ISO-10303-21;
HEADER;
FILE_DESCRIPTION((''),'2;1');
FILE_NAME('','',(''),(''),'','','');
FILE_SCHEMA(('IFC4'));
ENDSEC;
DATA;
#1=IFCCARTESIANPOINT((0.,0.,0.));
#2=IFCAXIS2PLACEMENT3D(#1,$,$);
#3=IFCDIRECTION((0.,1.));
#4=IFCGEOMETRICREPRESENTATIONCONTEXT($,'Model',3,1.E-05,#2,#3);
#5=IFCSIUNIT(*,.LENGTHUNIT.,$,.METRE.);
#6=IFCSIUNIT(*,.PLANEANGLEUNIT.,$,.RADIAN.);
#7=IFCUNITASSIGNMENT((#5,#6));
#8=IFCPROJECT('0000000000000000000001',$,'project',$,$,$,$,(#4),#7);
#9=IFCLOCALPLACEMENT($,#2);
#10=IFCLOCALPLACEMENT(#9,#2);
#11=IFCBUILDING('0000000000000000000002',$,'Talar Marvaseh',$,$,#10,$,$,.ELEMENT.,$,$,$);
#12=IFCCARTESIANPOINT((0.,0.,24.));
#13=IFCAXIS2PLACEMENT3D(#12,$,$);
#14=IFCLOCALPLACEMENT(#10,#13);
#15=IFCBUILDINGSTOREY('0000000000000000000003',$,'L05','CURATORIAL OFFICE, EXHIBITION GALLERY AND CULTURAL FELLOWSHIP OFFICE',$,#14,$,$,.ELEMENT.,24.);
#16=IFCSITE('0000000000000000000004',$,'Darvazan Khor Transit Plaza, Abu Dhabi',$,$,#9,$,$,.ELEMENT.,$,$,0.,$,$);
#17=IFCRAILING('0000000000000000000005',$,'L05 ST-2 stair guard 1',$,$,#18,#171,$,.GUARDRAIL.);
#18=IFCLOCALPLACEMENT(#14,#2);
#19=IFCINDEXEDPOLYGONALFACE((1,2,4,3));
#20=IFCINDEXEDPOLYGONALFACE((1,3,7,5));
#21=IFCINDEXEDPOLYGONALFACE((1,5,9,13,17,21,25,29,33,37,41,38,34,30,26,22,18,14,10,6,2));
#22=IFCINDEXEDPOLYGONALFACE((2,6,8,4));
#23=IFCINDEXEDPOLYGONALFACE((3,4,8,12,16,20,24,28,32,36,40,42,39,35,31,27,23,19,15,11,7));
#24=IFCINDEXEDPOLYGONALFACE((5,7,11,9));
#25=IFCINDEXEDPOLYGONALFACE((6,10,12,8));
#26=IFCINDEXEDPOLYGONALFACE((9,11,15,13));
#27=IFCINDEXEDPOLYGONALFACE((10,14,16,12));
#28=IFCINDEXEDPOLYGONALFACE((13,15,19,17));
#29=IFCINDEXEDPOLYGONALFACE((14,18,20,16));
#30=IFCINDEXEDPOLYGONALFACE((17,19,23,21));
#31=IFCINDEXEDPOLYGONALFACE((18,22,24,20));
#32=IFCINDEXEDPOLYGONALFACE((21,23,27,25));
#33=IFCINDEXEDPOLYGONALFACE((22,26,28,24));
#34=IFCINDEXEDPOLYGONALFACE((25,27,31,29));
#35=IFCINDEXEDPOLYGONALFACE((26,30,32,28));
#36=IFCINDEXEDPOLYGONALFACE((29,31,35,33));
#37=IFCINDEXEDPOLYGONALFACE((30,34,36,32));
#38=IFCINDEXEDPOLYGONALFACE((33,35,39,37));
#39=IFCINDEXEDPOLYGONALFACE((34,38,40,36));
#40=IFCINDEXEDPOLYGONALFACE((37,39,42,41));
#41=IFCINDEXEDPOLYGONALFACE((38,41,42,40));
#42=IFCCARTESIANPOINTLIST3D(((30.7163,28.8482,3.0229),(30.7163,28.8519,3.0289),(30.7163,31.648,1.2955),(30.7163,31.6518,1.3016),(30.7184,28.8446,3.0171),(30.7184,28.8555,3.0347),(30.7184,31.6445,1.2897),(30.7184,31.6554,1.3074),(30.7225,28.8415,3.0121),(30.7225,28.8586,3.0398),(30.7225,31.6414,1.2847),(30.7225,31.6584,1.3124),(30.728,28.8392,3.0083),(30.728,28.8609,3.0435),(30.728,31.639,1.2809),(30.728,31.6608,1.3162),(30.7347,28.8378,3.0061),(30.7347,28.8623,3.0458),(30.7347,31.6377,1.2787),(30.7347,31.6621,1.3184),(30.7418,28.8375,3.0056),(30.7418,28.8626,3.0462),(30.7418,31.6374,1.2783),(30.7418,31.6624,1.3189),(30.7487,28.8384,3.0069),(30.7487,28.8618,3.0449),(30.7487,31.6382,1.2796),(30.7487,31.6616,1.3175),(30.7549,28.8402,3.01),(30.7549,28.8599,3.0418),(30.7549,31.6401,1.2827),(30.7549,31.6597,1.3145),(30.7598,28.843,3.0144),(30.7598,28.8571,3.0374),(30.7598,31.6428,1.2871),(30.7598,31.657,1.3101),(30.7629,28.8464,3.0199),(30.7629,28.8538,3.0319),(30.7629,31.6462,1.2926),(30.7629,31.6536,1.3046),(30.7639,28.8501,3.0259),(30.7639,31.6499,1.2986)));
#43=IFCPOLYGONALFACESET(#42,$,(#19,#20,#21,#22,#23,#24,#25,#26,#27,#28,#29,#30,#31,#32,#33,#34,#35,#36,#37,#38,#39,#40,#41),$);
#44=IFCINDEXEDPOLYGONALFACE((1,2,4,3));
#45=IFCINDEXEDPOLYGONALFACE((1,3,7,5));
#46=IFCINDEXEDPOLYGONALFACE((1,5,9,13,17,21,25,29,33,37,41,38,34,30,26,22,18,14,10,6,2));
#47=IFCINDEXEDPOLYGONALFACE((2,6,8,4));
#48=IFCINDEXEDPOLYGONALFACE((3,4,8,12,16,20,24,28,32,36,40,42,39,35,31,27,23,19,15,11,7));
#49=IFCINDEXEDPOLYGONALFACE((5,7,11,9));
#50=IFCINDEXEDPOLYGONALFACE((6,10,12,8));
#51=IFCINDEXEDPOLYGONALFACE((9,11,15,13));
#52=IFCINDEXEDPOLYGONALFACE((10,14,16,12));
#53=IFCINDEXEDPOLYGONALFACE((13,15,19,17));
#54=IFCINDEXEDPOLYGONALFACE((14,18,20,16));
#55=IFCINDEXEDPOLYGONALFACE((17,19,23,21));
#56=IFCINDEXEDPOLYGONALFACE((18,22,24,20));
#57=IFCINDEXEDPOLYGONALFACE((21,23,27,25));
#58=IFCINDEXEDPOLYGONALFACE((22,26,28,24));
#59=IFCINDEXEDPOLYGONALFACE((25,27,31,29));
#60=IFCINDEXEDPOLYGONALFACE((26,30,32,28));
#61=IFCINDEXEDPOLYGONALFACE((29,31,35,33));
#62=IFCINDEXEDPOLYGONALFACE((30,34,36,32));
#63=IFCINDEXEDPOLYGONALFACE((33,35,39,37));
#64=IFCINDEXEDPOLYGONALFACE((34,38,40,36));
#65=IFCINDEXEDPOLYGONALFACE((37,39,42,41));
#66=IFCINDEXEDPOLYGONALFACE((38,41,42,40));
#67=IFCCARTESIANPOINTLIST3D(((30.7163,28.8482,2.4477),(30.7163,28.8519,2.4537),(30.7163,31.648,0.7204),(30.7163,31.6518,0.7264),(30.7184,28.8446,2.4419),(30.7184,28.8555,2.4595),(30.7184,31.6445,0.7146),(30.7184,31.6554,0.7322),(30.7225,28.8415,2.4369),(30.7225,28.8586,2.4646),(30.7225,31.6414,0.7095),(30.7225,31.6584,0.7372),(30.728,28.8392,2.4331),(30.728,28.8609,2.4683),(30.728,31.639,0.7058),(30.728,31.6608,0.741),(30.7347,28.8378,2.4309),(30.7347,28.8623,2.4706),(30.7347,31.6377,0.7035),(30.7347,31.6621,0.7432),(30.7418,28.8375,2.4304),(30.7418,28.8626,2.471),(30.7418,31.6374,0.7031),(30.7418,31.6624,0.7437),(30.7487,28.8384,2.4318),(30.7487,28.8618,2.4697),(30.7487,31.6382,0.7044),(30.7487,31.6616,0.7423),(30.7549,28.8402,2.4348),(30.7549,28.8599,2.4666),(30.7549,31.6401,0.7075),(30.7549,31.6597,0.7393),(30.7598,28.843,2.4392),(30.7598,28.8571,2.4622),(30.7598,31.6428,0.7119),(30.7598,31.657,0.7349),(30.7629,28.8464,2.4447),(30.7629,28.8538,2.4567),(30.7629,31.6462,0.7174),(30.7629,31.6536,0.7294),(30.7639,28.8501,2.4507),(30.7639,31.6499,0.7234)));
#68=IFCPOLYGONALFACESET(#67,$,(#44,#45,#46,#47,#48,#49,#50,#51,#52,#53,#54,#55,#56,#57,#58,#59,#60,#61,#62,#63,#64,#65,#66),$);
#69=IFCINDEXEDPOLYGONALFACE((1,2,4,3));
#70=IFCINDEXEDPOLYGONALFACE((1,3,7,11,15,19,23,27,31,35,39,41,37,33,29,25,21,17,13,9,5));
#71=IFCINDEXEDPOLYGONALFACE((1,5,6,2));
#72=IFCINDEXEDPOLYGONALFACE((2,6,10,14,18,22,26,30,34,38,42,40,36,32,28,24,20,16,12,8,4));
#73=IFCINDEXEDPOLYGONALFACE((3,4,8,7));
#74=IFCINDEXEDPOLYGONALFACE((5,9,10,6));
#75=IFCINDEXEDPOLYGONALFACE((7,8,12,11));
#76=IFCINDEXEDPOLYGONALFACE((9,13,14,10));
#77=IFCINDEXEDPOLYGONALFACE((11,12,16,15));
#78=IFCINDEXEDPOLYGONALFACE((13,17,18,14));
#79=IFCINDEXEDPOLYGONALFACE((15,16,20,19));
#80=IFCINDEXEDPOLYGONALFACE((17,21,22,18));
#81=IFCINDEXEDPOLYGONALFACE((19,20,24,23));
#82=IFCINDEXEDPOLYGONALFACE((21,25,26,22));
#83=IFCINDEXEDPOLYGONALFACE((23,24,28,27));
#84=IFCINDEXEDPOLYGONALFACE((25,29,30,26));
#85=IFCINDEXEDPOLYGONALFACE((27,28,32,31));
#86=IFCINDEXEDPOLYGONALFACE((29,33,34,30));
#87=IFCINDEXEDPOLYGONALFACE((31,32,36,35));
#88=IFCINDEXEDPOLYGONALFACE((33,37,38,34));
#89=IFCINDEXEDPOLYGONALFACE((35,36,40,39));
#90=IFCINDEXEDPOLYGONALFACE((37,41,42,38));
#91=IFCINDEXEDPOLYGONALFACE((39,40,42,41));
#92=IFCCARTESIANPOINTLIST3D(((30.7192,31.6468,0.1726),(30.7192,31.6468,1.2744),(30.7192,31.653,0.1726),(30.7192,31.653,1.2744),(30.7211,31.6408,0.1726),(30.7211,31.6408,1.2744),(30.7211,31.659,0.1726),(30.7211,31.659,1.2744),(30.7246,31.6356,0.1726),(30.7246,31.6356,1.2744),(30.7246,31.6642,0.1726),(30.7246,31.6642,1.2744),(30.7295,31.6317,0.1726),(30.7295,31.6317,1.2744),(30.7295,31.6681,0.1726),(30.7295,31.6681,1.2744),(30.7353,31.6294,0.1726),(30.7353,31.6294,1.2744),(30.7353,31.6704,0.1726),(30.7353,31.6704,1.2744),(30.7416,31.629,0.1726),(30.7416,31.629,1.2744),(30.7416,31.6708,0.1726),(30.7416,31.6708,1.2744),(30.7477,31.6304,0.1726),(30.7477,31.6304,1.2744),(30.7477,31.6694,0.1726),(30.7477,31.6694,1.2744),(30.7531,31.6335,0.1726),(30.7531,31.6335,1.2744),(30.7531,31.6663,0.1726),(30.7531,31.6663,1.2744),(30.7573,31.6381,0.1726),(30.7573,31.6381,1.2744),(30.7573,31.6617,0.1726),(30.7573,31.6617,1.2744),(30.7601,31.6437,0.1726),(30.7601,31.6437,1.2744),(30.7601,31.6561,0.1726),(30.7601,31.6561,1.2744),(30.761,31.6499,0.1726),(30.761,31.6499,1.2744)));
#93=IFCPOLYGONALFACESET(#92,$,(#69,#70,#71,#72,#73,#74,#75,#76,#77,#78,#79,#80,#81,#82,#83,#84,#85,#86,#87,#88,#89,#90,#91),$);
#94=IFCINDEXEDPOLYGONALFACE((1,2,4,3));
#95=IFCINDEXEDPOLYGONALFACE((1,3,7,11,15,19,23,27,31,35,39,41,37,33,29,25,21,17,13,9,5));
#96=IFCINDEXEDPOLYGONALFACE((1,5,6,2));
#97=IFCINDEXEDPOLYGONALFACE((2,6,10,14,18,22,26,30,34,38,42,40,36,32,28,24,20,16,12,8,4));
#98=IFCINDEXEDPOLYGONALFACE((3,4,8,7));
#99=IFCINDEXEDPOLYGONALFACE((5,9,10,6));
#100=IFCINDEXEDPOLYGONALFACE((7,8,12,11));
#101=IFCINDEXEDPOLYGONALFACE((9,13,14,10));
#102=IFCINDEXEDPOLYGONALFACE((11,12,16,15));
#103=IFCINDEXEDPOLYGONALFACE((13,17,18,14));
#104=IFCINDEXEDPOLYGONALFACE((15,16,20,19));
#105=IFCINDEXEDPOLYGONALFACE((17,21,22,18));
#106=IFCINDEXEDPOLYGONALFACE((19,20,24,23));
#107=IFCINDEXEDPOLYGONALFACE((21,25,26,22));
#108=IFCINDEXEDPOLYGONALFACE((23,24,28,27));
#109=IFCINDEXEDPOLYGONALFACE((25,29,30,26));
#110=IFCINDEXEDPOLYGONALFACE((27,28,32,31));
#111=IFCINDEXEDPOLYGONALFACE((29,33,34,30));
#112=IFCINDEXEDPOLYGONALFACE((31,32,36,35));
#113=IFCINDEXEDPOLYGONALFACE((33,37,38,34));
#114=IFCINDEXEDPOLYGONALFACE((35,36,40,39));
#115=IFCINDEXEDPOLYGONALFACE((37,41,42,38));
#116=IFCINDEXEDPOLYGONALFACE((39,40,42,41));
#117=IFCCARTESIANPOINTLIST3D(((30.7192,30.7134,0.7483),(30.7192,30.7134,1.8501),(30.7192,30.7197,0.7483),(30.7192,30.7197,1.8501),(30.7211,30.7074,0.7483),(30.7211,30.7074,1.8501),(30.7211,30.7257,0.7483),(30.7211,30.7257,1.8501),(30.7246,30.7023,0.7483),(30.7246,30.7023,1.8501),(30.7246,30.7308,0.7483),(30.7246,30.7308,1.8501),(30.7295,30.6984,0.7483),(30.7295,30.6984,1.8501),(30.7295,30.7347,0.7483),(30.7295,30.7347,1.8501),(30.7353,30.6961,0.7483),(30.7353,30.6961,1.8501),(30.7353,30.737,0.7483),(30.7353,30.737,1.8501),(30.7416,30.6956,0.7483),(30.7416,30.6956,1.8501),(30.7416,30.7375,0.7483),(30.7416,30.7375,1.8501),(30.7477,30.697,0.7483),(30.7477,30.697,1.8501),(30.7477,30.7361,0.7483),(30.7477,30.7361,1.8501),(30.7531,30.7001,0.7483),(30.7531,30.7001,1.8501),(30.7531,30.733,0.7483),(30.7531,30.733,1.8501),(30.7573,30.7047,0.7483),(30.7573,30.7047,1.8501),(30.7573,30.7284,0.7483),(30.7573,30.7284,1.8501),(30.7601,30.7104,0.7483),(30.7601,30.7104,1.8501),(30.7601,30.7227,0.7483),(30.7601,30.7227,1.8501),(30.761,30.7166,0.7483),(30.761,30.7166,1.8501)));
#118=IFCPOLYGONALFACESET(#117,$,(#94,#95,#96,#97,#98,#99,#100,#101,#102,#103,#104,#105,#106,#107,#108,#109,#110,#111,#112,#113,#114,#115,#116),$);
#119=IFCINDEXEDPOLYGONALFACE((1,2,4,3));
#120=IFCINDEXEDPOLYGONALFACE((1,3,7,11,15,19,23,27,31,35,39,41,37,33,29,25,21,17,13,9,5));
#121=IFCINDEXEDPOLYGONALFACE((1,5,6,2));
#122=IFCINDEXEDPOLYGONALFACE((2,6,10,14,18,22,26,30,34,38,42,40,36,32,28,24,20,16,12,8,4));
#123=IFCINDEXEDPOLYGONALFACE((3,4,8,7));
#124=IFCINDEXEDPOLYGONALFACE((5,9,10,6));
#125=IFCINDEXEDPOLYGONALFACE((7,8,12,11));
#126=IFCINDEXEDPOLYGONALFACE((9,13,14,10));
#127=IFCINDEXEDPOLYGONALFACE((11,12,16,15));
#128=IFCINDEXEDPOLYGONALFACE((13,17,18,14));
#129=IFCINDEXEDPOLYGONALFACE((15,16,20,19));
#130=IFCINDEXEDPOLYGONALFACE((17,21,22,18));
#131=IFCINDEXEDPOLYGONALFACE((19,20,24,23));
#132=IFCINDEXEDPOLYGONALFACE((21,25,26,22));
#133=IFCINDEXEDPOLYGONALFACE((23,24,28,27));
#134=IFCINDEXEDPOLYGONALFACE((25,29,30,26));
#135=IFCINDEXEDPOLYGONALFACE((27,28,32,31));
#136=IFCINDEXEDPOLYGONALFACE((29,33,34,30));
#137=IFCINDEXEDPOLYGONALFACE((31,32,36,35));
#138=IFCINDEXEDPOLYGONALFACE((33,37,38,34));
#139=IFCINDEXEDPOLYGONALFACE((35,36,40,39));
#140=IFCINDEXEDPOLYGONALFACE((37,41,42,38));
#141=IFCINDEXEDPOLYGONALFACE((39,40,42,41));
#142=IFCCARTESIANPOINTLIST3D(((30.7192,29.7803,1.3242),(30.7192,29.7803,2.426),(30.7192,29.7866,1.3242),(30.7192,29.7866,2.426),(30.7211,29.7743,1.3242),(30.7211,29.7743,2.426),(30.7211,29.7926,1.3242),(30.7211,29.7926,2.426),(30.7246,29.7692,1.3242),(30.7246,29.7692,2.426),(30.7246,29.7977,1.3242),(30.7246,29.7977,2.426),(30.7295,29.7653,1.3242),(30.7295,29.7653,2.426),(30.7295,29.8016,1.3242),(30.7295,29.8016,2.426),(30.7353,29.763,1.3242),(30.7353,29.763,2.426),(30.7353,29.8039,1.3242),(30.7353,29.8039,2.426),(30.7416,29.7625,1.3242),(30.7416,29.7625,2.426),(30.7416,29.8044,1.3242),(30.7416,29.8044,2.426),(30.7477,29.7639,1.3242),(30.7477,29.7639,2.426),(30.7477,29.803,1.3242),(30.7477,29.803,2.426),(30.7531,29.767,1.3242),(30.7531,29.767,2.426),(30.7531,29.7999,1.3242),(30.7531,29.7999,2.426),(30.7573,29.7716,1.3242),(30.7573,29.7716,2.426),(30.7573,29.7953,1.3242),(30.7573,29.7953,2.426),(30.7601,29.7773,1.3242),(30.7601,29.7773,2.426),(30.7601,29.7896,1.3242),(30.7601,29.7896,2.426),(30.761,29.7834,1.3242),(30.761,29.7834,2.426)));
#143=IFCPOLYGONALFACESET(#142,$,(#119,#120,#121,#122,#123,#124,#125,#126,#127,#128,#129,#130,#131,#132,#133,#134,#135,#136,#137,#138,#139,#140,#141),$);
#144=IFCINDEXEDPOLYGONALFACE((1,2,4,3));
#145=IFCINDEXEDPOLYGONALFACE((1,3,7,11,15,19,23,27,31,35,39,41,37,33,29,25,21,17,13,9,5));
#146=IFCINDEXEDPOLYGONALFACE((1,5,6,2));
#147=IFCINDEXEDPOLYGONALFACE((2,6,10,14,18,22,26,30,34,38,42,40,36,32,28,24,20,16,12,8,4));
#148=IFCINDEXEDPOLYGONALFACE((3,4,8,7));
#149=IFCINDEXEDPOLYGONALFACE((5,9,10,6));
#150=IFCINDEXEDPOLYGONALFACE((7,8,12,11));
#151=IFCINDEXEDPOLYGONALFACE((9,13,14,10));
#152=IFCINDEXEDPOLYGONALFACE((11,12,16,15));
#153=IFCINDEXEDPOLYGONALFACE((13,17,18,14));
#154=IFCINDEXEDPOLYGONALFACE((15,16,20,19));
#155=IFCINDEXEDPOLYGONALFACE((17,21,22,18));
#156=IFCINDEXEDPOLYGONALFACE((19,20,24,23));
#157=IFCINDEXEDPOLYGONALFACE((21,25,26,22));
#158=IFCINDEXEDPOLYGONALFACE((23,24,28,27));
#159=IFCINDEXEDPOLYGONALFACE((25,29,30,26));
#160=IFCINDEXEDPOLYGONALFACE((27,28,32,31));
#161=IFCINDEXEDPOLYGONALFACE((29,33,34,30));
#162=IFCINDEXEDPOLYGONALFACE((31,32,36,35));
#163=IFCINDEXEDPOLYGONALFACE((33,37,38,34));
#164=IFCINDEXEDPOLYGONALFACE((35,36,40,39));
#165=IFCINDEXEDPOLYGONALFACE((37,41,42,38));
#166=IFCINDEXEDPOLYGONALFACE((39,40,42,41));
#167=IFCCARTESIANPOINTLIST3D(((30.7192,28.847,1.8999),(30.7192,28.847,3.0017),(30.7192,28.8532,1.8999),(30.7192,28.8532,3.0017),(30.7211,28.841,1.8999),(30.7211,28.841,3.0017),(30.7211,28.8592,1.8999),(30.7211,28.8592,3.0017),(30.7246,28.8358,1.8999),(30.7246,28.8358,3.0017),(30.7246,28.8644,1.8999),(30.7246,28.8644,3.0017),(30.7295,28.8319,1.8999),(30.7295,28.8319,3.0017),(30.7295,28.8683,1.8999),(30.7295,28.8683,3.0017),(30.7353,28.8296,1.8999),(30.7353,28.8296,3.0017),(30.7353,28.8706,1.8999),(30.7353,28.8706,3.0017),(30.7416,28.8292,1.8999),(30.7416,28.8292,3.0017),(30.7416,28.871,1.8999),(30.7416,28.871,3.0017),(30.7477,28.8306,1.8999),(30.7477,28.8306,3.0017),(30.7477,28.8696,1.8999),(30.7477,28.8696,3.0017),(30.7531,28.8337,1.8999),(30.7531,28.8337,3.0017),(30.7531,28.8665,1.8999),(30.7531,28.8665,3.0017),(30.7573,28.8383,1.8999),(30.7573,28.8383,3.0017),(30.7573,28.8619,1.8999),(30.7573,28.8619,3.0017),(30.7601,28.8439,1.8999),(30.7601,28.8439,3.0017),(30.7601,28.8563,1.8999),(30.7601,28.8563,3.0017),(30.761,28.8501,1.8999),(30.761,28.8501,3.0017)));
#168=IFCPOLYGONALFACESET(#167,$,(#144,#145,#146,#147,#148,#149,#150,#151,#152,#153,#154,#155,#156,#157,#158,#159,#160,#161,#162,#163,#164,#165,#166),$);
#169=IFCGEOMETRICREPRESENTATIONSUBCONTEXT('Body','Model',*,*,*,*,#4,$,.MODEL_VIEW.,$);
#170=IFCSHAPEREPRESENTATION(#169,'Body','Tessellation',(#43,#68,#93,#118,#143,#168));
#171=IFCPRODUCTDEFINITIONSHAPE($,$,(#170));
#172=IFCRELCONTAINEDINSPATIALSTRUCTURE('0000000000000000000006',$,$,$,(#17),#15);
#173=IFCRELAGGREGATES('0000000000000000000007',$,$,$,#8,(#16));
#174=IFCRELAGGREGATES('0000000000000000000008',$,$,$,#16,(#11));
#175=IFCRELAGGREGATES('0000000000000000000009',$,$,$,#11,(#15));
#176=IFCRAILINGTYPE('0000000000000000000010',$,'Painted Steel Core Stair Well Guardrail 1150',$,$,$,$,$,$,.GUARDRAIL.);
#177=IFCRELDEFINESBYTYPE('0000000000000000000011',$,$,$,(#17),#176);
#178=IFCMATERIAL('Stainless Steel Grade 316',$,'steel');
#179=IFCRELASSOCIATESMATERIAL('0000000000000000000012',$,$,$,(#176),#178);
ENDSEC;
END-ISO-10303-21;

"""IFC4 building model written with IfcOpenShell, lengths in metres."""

from ifc_helpers import new_model, si_unit, direction, frame, origin, origin_2d, place, context, subcontext, project, spatial, circle, extrude, material, type_object, element, save


model = new_model("IFC4")

# Units and contexts
model_context = context("Model", 3, precision=1e-05, world=origin(), true_north=direction((0.0, 1.0)))
body_context = subcontext(model_context, "Body", "Model", "MODEL_VIEW")
ifc_project = project(units=[si_unit("LENGTHUNIT", "METRE"), si_unit("PLANEANGLEUNIT", "RADIAN")], contexts=[model_context])

# Site, building, storey
site_placement = place(None, origin())
site = spatial("IfcSite", under=ifc_project, at=site_placement, Name="Darvazan Khor Transit Plaza, Abu Dhabi", CompositionType="ELEMENT", RefElevation=0.0)
building_placement = place(site_placement, origin())
building = spatial("IfcBuilding", under=site, at=building_placement, Name="Talar Marvaseh", CompositionType="ELEMENT")
storey_placement = place(building_placement, frame((0.0, 0.0, 24.0)))
storey = spatial("IfcBuildingStorey", under=building, at=storey_placement, Name="L05", Description="CURATORIAL OFFICE, EXHIBITION GALLERY AND CULTURAL FELLOWSHIP OFFICE", CompositionType="ELEMENT", Elevation=24.0)

# Shared definitions
ifc_material_1 = material(Name="Stainless Steel Grade 316", Category="steel")

# Railing
railing_type_1 = type_object("IfcRailingType", Name="Painted Steel Core Stair Well Guardrail 1150", PredefinedType="GUARDRAIL", material=ifc_material_1)
railing_1_placement = place(storey_placement, frame((30.74, 31.6499, 0.1726)))
element("IfcRailing", 1, at=railing_1_placement, inside=storey, type_object=railing_type_1, Name="L05 ST-2 stair guard 1", PredefinedType="GUARDRAIL", context=body_context, shape_type="SweptSolid", body=[
    extrude(circle(Radius=0.0239, at=origin_2d()), frame((0.0, 0.0, 1.126), z_axis=(0.0, -0.851069, 0.525054), x_axis=(1.0, 0.0, 0.0)), (0.0, 0.0, 1.0), 3.2898),
    extrude(circle(Radius=0.0239, at=origin_2d()), frame((0.0, 0.0, 0.5508), z_axis=(0.0, -0.851069, 0.525054), x_axis=(1.0, 0.0, 0.0)), (0.0, 0.0, 1.0), 3.2898),
    extrude(circle(Radius=0.021, at=origin_2d()), origin(), (0.0, 0.0, 1.0), 1.1018),
    extrude(circle(Radius=0.021, at=origin_2d()), frame((0.0, -0.9333, 0.5757)), (0.0, 0.0, 1.0), 1.1018),
    extrude(circle(Radius=0.021, at=origin_2d()), frame((0.0, -1.8665, 1.1516)), (0.0, 0.0, 1.0), 1.1018),
    extrude(circle(Radius=0.021, at=origin_2d()), frame((0.0, -2.7998, 1.7273)), (0.0, 0.0, 1.0), 1.1018),
])

save(model, "model.ifc")
